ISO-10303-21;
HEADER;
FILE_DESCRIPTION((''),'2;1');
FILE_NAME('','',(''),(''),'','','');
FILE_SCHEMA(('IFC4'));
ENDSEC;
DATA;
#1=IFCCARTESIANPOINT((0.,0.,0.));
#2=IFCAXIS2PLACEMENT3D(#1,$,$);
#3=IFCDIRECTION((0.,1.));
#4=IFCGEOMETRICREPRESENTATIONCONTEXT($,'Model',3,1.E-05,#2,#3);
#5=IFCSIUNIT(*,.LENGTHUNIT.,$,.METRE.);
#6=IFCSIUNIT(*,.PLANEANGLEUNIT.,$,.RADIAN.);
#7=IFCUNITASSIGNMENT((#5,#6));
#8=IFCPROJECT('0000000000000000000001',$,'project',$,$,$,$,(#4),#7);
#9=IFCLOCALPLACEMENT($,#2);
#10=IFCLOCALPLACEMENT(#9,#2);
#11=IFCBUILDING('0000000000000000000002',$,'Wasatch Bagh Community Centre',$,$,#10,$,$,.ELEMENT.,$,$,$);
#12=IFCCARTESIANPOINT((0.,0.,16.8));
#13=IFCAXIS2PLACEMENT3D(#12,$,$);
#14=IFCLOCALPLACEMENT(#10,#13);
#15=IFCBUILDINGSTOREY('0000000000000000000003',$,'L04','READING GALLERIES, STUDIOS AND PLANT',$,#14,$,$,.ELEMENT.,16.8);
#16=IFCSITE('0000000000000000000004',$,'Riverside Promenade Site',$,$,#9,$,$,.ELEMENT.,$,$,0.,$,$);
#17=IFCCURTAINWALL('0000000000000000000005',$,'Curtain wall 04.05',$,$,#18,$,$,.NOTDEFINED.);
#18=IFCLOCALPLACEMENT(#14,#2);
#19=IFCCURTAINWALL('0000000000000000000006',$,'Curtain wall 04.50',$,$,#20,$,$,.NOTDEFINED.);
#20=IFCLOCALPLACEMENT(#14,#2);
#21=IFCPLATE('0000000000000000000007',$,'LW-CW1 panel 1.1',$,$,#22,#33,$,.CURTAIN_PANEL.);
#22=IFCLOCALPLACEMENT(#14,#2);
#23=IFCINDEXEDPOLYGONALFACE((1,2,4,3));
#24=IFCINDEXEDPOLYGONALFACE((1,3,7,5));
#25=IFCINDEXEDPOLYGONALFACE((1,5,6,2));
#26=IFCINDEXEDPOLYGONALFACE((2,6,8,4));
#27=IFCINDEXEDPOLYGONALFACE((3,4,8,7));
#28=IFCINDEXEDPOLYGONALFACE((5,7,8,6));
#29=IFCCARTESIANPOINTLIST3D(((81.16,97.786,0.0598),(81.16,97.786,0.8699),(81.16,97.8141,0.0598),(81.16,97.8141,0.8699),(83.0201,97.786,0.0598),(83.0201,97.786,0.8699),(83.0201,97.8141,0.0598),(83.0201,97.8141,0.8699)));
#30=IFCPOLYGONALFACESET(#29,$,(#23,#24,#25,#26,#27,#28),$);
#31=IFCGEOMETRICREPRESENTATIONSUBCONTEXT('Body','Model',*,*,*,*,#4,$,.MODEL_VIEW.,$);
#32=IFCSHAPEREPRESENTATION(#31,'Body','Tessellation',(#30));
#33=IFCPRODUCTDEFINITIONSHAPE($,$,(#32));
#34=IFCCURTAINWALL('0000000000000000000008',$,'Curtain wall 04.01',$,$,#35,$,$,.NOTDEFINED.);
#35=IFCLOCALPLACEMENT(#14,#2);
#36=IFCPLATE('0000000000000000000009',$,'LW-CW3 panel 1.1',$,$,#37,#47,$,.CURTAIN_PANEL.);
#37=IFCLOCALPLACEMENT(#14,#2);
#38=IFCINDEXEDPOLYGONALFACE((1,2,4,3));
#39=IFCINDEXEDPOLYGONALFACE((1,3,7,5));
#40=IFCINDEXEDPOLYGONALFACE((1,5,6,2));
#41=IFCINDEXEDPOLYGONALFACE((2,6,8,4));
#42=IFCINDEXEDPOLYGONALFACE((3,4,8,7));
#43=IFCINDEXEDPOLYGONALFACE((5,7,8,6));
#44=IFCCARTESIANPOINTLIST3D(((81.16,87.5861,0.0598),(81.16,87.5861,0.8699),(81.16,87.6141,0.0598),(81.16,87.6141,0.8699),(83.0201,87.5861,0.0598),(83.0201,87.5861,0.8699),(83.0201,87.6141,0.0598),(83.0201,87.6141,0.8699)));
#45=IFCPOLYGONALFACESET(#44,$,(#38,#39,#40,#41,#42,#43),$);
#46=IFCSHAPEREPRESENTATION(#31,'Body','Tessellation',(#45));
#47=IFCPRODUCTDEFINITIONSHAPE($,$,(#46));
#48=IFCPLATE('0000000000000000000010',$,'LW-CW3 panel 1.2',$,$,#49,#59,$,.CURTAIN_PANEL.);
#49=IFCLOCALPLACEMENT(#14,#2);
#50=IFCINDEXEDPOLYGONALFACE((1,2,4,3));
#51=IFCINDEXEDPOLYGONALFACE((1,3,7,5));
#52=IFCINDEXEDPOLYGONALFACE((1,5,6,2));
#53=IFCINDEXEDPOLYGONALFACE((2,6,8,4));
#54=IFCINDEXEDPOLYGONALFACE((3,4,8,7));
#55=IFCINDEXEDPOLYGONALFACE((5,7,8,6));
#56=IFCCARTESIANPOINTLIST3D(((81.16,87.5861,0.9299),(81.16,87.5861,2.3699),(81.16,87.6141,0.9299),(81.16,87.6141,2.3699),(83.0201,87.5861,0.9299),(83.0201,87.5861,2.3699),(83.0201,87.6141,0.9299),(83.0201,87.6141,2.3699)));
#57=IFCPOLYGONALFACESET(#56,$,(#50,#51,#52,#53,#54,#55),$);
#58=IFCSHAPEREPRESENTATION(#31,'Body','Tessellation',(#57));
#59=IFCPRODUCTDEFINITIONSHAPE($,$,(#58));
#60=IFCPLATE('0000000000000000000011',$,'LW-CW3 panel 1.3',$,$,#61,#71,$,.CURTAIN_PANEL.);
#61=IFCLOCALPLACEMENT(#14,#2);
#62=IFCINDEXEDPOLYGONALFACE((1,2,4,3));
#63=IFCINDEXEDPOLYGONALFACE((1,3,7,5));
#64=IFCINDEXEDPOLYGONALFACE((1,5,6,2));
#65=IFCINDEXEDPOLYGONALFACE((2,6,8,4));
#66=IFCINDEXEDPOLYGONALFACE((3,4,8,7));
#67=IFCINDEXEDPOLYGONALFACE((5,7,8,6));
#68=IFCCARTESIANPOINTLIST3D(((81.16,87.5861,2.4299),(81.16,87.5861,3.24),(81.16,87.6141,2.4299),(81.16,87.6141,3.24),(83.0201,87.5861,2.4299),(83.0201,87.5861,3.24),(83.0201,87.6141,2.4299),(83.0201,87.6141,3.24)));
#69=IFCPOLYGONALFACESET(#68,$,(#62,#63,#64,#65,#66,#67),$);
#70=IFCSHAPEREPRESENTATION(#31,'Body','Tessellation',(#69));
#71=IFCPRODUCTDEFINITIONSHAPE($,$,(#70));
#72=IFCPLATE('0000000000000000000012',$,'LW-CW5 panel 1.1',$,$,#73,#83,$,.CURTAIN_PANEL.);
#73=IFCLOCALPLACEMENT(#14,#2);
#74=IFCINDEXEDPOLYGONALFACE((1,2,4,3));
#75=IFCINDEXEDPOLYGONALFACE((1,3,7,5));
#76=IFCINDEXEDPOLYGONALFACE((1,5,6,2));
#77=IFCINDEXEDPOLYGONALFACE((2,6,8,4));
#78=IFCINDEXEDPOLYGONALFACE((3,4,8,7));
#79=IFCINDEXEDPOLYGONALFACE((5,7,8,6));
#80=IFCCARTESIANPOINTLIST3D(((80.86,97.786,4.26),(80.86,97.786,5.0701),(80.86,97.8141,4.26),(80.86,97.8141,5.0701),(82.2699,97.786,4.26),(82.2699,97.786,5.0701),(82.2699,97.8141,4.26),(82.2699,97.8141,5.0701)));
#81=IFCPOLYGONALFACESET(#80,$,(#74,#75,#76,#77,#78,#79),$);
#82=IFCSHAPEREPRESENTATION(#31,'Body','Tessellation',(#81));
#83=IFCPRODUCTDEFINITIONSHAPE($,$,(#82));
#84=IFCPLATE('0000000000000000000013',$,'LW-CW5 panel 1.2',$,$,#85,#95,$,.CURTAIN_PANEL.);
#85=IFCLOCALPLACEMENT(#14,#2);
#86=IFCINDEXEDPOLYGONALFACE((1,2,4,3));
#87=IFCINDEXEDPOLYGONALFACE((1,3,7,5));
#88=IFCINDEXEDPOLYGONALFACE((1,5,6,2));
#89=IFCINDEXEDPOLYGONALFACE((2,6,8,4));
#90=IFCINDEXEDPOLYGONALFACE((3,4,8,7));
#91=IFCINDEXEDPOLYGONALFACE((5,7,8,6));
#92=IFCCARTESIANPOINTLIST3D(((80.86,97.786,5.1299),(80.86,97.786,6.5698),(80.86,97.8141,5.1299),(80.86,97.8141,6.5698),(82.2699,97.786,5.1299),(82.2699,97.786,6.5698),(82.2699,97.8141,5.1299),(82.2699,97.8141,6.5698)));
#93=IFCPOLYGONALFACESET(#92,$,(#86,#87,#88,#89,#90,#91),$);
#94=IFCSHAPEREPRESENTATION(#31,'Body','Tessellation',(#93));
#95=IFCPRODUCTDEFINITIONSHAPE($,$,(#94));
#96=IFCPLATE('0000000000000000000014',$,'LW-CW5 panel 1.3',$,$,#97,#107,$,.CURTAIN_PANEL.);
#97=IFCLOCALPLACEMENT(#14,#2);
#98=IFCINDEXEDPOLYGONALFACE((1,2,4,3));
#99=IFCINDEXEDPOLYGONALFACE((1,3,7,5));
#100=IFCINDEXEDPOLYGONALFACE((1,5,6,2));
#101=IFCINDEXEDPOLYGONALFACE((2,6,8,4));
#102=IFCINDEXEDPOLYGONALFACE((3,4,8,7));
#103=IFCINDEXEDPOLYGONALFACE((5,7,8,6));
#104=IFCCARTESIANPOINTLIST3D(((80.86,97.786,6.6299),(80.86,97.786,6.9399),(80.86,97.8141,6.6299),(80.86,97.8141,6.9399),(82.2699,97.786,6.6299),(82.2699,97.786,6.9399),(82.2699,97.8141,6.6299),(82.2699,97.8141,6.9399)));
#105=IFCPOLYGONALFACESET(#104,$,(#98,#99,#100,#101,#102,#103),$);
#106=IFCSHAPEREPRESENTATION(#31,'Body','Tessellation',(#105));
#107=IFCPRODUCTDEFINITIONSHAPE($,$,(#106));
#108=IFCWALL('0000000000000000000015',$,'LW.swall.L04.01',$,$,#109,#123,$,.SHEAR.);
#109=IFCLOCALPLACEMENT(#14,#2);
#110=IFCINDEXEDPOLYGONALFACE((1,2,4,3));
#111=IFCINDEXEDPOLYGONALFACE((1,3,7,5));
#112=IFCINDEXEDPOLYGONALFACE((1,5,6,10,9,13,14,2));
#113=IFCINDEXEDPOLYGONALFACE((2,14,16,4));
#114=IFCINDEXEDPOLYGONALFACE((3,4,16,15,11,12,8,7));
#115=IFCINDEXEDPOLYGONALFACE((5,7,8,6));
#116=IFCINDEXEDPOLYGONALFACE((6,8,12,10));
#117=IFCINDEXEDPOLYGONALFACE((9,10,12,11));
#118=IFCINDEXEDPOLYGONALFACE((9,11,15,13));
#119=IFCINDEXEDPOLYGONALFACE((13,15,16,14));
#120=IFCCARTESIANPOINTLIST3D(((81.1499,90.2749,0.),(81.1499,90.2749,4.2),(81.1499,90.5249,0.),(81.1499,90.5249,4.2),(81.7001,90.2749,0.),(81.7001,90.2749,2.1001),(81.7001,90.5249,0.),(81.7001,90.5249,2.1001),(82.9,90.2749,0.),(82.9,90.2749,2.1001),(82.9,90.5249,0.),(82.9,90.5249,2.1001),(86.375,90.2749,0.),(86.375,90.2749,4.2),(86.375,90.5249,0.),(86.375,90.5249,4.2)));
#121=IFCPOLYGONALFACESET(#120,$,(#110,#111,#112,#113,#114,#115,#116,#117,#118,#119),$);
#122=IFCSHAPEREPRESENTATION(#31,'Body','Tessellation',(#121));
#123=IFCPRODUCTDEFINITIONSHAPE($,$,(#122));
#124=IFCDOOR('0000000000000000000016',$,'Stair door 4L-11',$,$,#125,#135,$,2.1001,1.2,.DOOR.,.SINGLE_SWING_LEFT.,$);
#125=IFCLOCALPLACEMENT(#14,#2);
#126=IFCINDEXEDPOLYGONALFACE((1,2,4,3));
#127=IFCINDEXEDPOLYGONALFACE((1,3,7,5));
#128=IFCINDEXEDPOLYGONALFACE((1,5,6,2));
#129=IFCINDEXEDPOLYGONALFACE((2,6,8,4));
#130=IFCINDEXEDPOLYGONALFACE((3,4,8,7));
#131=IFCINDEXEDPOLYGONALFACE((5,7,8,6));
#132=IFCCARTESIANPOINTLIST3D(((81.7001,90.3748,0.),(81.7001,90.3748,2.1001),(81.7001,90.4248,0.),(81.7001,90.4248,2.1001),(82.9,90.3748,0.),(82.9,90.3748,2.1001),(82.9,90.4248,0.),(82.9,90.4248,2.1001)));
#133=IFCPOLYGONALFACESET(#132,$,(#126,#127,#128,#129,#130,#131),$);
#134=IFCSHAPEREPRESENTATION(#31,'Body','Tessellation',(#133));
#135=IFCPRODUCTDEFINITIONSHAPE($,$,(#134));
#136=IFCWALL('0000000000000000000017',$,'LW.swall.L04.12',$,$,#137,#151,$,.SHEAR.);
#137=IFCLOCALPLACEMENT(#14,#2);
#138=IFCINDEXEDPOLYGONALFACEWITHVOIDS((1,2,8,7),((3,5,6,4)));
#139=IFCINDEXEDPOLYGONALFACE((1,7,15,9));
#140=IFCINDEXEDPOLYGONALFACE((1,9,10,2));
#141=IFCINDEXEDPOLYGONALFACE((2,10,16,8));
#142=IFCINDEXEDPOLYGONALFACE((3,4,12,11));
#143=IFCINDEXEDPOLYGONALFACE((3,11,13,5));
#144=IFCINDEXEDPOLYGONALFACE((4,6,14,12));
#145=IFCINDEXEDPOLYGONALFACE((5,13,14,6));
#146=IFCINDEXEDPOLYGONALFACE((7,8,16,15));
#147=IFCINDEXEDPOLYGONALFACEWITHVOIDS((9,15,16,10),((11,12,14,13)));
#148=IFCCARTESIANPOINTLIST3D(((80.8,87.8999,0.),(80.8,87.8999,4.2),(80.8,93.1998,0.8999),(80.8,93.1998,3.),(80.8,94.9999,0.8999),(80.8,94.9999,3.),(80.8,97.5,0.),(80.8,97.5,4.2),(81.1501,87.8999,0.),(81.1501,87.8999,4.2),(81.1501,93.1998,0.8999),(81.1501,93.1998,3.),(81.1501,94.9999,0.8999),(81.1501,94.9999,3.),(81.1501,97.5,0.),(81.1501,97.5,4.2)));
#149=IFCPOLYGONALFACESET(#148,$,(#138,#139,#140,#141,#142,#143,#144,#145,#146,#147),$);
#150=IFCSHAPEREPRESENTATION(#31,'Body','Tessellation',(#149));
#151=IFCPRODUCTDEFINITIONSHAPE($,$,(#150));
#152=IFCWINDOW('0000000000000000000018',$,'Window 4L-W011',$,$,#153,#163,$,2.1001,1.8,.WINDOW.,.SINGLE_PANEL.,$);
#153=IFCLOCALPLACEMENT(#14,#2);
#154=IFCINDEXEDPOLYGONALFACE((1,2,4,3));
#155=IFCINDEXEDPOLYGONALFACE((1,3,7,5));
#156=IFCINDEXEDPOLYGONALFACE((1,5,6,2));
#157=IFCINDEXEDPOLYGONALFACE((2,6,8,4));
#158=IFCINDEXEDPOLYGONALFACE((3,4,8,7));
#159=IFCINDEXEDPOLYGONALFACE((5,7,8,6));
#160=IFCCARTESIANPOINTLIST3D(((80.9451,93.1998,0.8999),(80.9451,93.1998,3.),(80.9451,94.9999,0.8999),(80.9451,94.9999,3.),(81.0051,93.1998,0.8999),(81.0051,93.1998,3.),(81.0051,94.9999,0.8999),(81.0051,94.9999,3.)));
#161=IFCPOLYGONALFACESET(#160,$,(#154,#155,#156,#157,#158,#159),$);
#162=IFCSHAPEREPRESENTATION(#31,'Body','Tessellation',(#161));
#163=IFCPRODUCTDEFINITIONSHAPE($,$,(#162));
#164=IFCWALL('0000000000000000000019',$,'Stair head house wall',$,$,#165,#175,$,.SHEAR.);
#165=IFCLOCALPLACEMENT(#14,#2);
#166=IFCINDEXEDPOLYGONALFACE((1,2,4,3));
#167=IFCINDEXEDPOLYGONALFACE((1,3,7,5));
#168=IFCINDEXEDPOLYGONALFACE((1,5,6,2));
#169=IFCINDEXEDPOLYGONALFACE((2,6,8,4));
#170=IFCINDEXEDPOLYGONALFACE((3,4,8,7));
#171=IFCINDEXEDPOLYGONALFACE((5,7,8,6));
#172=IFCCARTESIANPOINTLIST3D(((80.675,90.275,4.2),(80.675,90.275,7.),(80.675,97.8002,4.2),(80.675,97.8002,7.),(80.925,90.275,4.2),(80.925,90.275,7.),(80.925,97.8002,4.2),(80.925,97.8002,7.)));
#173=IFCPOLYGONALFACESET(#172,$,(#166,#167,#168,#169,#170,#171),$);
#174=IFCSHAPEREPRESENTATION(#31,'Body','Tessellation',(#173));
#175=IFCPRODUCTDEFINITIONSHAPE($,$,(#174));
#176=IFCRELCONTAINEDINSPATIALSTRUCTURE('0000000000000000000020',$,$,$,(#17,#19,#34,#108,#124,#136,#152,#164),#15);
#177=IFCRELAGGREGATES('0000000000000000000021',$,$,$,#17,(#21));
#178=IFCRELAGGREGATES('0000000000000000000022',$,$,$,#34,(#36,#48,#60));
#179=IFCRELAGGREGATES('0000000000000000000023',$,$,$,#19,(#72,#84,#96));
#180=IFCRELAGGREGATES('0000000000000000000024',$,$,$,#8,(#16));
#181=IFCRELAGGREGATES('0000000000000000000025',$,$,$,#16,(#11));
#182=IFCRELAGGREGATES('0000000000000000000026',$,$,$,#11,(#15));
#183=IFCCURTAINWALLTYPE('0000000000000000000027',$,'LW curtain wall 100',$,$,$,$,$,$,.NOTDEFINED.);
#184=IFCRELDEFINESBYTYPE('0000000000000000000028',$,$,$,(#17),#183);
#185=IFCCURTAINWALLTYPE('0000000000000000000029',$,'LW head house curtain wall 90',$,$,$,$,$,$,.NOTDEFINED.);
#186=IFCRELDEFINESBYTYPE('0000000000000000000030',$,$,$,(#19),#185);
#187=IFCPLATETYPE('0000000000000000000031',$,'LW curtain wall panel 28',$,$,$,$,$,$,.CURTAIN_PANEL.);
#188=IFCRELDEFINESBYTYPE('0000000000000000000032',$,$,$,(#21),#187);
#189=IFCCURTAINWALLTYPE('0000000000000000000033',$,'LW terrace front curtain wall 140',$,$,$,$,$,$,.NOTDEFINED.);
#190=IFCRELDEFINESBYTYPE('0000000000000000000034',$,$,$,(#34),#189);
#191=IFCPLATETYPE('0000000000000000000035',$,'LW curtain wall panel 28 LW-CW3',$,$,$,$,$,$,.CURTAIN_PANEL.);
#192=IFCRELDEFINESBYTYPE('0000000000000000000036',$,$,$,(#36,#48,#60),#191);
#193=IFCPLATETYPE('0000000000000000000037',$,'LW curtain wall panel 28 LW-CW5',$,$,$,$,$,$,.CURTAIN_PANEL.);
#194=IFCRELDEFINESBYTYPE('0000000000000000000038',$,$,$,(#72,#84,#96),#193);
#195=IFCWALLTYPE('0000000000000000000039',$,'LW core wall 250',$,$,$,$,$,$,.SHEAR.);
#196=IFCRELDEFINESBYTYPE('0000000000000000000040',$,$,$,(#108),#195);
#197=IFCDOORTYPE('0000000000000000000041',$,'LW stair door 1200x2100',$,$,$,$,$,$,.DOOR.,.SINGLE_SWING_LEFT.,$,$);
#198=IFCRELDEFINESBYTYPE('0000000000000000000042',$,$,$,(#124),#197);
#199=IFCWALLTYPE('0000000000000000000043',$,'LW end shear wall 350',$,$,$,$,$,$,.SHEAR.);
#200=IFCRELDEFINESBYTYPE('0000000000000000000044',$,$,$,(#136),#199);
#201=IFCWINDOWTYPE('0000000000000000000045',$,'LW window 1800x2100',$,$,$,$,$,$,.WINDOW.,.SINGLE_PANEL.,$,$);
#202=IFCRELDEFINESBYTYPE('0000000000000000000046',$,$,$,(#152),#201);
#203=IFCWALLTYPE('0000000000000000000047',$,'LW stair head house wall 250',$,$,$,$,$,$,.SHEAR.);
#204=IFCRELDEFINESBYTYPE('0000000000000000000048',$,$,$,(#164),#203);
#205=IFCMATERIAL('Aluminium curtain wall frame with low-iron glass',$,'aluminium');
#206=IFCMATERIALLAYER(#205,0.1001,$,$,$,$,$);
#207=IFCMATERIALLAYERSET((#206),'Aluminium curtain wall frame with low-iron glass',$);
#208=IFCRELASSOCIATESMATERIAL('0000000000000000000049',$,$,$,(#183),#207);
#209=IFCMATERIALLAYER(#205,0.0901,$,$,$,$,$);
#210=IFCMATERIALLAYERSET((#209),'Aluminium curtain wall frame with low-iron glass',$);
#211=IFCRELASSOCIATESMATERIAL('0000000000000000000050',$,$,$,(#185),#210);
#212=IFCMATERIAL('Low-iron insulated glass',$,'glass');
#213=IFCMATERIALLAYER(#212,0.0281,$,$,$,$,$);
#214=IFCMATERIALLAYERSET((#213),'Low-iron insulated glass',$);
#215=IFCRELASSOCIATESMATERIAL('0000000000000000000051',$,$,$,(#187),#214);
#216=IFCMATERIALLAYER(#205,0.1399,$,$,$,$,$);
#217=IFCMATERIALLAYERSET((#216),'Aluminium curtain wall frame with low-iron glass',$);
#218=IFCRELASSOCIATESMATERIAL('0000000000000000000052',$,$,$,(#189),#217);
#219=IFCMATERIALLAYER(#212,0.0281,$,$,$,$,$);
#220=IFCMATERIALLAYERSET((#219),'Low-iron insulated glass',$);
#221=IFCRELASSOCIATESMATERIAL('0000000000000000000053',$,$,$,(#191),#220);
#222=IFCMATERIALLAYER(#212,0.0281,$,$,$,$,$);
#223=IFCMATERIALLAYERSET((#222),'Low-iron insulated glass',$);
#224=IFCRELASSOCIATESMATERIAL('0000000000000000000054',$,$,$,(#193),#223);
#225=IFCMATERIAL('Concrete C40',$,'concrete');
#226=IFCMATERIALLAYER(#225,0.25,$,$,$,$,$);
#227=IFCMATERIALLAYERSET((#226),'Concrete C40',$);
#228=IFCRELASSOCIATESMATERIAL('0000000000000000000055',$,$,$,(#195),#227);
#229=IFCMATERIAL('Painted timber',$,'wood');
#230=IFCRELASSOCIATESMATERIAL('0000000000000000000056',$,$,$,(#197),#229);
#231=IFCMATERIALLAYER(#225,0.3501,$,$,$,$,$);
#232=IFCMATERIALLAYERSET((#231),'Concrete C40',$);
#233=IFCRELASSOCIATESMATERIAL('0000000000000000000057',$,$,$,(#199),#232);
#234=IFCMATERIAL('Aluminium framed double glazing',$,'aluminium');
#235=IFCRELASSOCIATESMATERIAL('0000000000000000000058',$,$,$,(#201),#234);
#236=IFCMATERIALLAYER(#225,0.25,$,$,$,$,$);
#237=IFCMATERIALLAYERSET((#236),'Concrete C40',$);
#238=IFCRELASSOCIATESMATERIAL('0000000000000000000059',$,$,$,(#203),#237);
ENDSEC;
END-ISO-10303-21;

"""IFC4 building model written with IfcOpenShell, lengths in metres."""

from ifc_helpers import new_model, si_unit, direction, frame, frame_2d, origin, origin_2d, place, context, subcontext, project, spatial, rectangle, extrude, material, layer, layer_set, type_object, element, fill, aggregate, save


model = new_model("IFC4")

# Units and contexts
model_context = context("Model", 3, precision=1e-05, world=origin(), true_north=direction((0.0, 1.0)))
body_context = subcontext(model_context, "Body", "Model", "MODEL_VIEW")
ifc_project = project(units=[si_unit("LENGTHUNIT", "METRE"), si_unit("PLANEANGLEUNIT", "RADIAN")], contexts=[model_context])

# Site, building, storey
site_placement = place(None, origin())
site = spatial("IfcSite", under=ifc_project, at=site_placement, Name="Riverside Promenade Site", CompositionType="ELEMENT", RefElevation=0.0)
building_placement = place(site_placement, origin())
building = spatial("IfcBuilding", under=site, at=building_placement, Name="Wasatch Bagh Community Centre", CompositionType="ELEMENT")
storey_placement = place(building_placement, frame((0.0, 0.0, 16.8)))
storey = spatial("IfcBuildingStorey", under=building, at=storey_placement, Name="L04", Description="READING GALLERIES, STUDIOS AND PLANT", CompositionType="ELEMENT", Elevation=16.8)

# Shared definitions
ifc_material_1 = material(Name="Concrete C40", Category="concrete")

# Curtain walls
ifc_material_2 = material(Name="Aluminium curtain wall frame with low-iron glass", Category="aluminium")
ifc_layer_1 = layer(ifc_material_2, 0.1001)
ifc_layer_set_1 = layer_set([ifc_layer_1], Name="Aluminium curtain wall frame with low-iron glass")
curtain_wall_type_1 = type_object("IfcCurtainWallType", Name="LW curtain wall 100", PredefinedType="NOTDEFINED", material=ifc_layer_set_1)
curtain_wall_1_placement = place(storey_placement, origin())
curtain_wall_1 = element("IfcCurtainWall", 1, at=curtain_wall_1_placement, inside=storey, type_object=curtain_wall_type_1, Name="Curtain wall 04.05", PredefinedType="NOTDEFINED")
ifc_layer_2 = layer(ifc_material_2, 0.0901)
ifc_layer_set_2 = layer_set([ifc_layer_2], Name="Aluminium curtain wall frame with low-iron glass")
curtain_wall_type_2 = type_object("IfcCurtainWallType", Name="LW head house curtain wall 90", PredefinedType="NOTDEFINED", material=ifc_layer_set_2)
curtain_wall_2_placement = place(storey_placement, origin())
curtain_wall_2 = element("IfcCurtainWall", 2, at=curtain_wall_2_placement, inside=storey, type_object=curtain_wall_type_2, Name="Curtain wall 04.50", PredefinedType="NOTDEFINED")

# Plate
ifc_material_3 = material(Name="Low-iron insulated glass", Category="glass")
ifc_layer_3 = layer(ifc_material_3, 0.0281)
ifc_layer_set_3 = layer_set([ifc_layer_3], Name="Low-iron insulated glass")
plate_type_1 = type_object("IfcPlateType", Name="LW curtain wall panel 28", PredefinedType="CURTAIN_PANEL", material=ifc_layer_set_3)
plate_1_placement = place(storey_placement, frame((82.0901, 97.8, 0.0598), z_axis=(0.0, 0.0, 1.0), x_axis=(1.0, 0.0, 0.0)))
plate_1 = element("IfcPlate", 3, at=plate_1_placement, type_object=plate_type_1, Name="LW-CW1 panel 1.1", PredefinedType="CURTAIN_PANEL", context=body_context, shape_type="SweptSolid", body=[
    extrude(rectangle(XDim=1.8601, YDim=0.0281, at=origin_2d()), origin(), (0.0, 0.0, 1.0), 0.8101),
])
aggregate(curtain_wall_1, [plate_1])

# Curtain wall, plates
ifc_layer_4 = layer(ifc_material_2, 0.1399)
ifc_layer_set_4 = layer_set([ifc_layer_4], Name="Aluminium curtain wall frame with low-iron glass")
curtain_wall_type_3 = type_object("IfcCurtainWallType", Name="LW terrace front curtain wall 140", PredefinedType="NOTDEFINED", material=ifc_layer_set_4)
curtain_wall_3_placement = place(storey_placement, origin())
curtain_wall_3 = element("IfcCurtainWall", 4, at=curtain_wall_3_placement, inside=storey, type_object=curtain_wall_type_3, Name="Curtain wall 04.01", PredefinedType="NOTDEFINED")
ifc_layer_5 = layer(ifc_material_3, 0.0281)
ifc_layer_set_5 = layer_set([ifc_layer_5], Name="Low-iron insulated glass")
plate_type_2 = type_object("IfcPlateType", Name="LW curtain wall panel 28 LW-CW3", PredefinedType="CURTAIN_PANEL", material=ifc_layer_set_5)
plate_2_placement = place(storey_placement, frame((82.0901, 87.6001, 0.0598), z_axis=(0.0, 0.0, 1.0), x_axis=(1.0, 0.0, 0.0)))
plate_2 = element("IfcPlate", 5, at=plate_2_placement, type_object=plate_type_2, Name="LW-CW3 panel 1.1", PredefinedType="CURTAIN_PANEL", context=body_context, shape_type="SweptSolid", body=[
    extrude(rectangle(XDim=1.8601, YDim=0.0281, at=origin_2d()), origin(), (0.0, 0.0, 1.0), 0.8101),
])
plate_3_placement = place(storey_placement, frame((82.0901, 87.6001, 0.9299), z_axis=(0.0, 0.0, 1.0), x_axis=(1.0, 0.0, 0.0)))
plate_3 = element("IfcPlate", 6, at=plate_3_placement, type_object=plate_type_2, Name="LW-CW3 panel 1.2", PredefinedType="CURTAIN_PANEL", context=body_context, shape_type="SweptSolid", body=[
    extrude(rectangle(XDim=1.8601, YDim=0.0281, at=origin_2d()), origin(), (0.0, 0.0, 1.0), 1.4399),
])
plate_4_placement = place(storey_placement, frame((82.0901, 87.6001, 2.4299), z_axis=(0.0, 0.0, 1.0), x_axis=(1.0, 0.0, 0.0)))
plate_4 = element("IfcPlate", 7, at=plate_4_placement, type_object=plate_type_2, Name="LW-CW3 panel 1.3", PredefinedType="CURTAIN_PANEL", context=body_context, shape_type="SweptSolid", body=[
    extrude(rectangle(XDim=1.8601, YDim=0.0281, at=origin_2d()), origin(), (0.0, 0.0, 1.0), 0.8101),
])
aggregate(curtain_wall_3, [plate_2, plate_3, plate_4])

# Plates
ifc_layer_6 = layer(ifc_material_3, 0.0281)
ifc_layer_set_6 = layer_set([ifc_layer_6], Name="Low-iron insulated glass")
plate_type_3 = type_object("IfcPlateType", Name="LW curtain wall panel 28 LW-CW5", PredefinedType="CURTAIN_PANEL", material=ifc_layer_set_6)
plate_5_placement = place(storey_placement, frame((81.5649, 97.8, 4.26), z_axis=(0.0, 0.0, 1.0), x_axis=(1.0, 0.0, 0.0)))
plate_5 = element("IfcPlate", 8, at=plate_5_placement, type_object=plate_type_3, Name="LW-CW5 panel 1.1", PredefinedType="CURTAIN_PANEL", context=body_context, shape_type="SweptSolid", body=[
    extrude(rectangle(XDim=1.4099, YDim=0.0281, at=origin_2d()), origin(), (0.0, 0.0, 1.0), 0.8101),
])
plate_6_placement = place(storey_placement, frame((81.5649, 97.8, 5.1299), z_axis=(0.0, 0.0, 1.0), x_axis=(1.0, 0.0, 0.0)))
plate_6 = element("IfcPlate", 9, at=plate_6_placement, type_object=plate_type_3, Name="LW-CW5 panel 1.2", PredefinedType="CURTAIN_PANEL", context=body_context, shape_type="SweptSolid", body=[
    extrude(rectangle(XDim=1.4099, YDim=0.0281, at=origin_2d()), origin(), (0.0, 0.0, 1.0), 1.4399),
])
plate_7_placement = place(storey_placement, frame((81.5649, 97.8, 6.6299), z_axis=(0.0, 0.0, 1.0), x_axis=(1.0, 0.0, 0.0)))
plate_7 = element("IfcPlate", 10, at=plate_7_placement, type_object=plate_type_3, Name="LW-CW5 panel 1.3", PredefinedType="CURTAIN_PANEL", context=body_context, shape_type="SweptSolid", body=[
    extrude(rectangle(XDim=1.4099, YDim=0.0281, at=origin_2d()), origin(), (0.0, 0.0, 1.0), 0.3101),
])
aggregate(curtain_wall_2, [plate_5, plate_6, plate_7])

# Wall, opening, door
ifc_layer_7 = layer(ifc_material_1, 0.25)
ifc_layer_set_7 = layer_set([ifc_layer_7], Name="Concrete C40")
wall_type_1 = type_object("IfcWallType", Name="LW core wall 250", PredefinedType="SHEAR", material=ifc_layer_set_7)
wall_1_placement = place(storey_placement, frame((81.1499, 90.3999, 0.0), z_axis=(0.0, 0.0, 1.0), x_axis=(1.0, 0.0, 0.0)))
wall_1 = element("IfcWall", 11, at=wall_1_placement, inside=storey, type_object=wall_type_1, Name="LW.swall.L04.01", PredefinedType="SHEAR", context=body_context, shape_type="SweptSolid", body=[
    extrude(rectangle(XDim=5.2251, YDim=0.25, at=frame_2d((2.6125, 0.0))), origin(), (0.0, 0.0, 1.0), 4.2),
])
opening_1_placement = place(wall_1_placement, frame((0.55, 0.0, 0.0)))
opening_1 = element("IfcOpeningElement", 12, at=opening_1_placement, cuts=wall_1, PredefinedType="OPENING", context=body_context, shape_type="SweptSolid", body=[
    extrude(rectangle(XDim=1.2, YDim=2.1001, at=frame_2d((0.6001, 1.05))), frame((0.0, 0.135, 0.0), z_axis=(0.0, -1.0, 0.0), x_axis=(1.0, 0.0, 0.0)), (0.0, 0.0, 1.0), 0.27),
])
ifc_material_4 = material(Name="Painted timber", Category="wood")
door_type = type_object("IfcDoorType", Name="LW stair door 1200x2100", OperationType="SINGLE_SWING_LEFT", PredefinedType="DOOR", material=ifc_material_4)
door_1_placement = place(opening_1_placement, origin())
door_1 = element("IfcDoor", 13, at=door_1_placement, inside=storey, type_object=door_type, Name="Stair door 4L-11", OperationType="SINGLE_SWING_LEFT", OverallHeight=2.1001, OverallWidth=1.2, PredefinedType="DOOR", context=body_context, shape_type="SweptSolid", body=[
    extrude(rectangle(XDim=1.2, YDim=2.1001, at=frame_2d((0.6001, 1.05))), frame((0.0, 0.0249, 0.0), z_axis=(0.0, -1.0, 0.0), x_axis=(1.0, 0.0, 0.0)), (0.0, 0.0, 1.0), 0.05),
])
fill(opening_1, door_1)

# Wall, opening, window
ifc_layer_8 = layer(ifc_material_1, 0.3501)
ifc_layer_set_8 = layer_set([ifc_layer_8], Name="Concrete C40")
wall_type_2 = type_object("IfcWallType", Name="LW end shear wall 350", PredefinedType="SHEAR", material=ifc_layer_set_8)
wall_2_placement = place(storey_placement, frame((80.9751, 87.8999, 0.0), z_axis=(0.0, 0.0, 1.0), x_axis=(0.0, 1.0, 0.0)))
wall_2 = element("IfcWall", 14, at=wall_2_placement, inside=storey, type_object=wall_type_2, Name="LW.swall.L04.12", PredefinedType="SHEAR", context=body_context, shape_type="SweptSolid", body=[
    extrude(rectangle(XDim=9.6001, YDim=0.3501, at=frame_2d((4.8, 0.0))), origin(), (0.0, 0.0, 1.0), 4.2),
])
opening_2_placement = place(wall_2_placement, frame((5.3, 0.0, 0.8999)))
opening_2 = element("IfcOpeningElement", 15, at=opening_2_placement, cuts=wall_2, PredefinedType="OPENING", context=body_context, shape_type="SweptSolid", body=[
    extrude(rectangle(XDim=1.8, YDim=2.1001, at=frame_2d((0.8999, 1.05))), frame((0.0, 0.1851, 0.0), z_axis=(0.0, -1.0, 0.0), x_axis=(1.0, 0.0, 0.0)), (0.0, 0.0, 1.0), 0.3701),
])
ifc_material_5 = material(Name="Aluminium framed double glazing", Category="aluminium")
window_type = type_object("IfcWindowType", Name="LW window 1800x2100", PartitioningType="SINGLE_PANEL", PredefinedType="WINDOW", material=ifc_material_5)
window_placement = place(opening_2_placement, origin())
window = element("IfcWindow", 16, at=window_placement, inside=storey, type_object=window_type, Name="Window 4L-W011", OverallHeight=2.1001, OverallWidth=1.8, PartitioningType="SINGLE_PANEL", PredefinedType="WINDOW", context=body_context, shape_type="SweptSolid", body=[
    extrude(rectangle(XDim=1.8, YDim=2.1001, at=frame_2d((0.8999, 1.05))), frame((0.0, 0.03, 0.0), z_axis=(0.0, -1.0, 0.0), x_axis=(1.0, 0.0, 0.0)), (0.0, 0.0, 1.0), 0.0601),
])
fill(opening_2, window)

# Wall
ifc_layer_9 = layer(ifc_material_1, 0.25)
ifc_layer_set_9 = layer_set([ifc_layer_9], Name="Concrete C40")
wall_type_3 = type_object("IfcWallType", Name="LW stair head house wall 250", PredefinedType="SHEAR", material=ifc_layer_set_9)
wall_3_placement = place(storey_placement, frame((80.8, 90.2749, 4.2), z_axis=(0.0, 0.0, 1.0), x_axis=(0.0, 1.0, 0.0)))
element("IfcWall", 17, at=wall_3_placement, inside=storey, type_object=wall_type_3, Name="Stair head house wall", PredefinedType="SHEAR", context=body_context, shape_type="SweptSolid", body=[
    extrude(rectangle(XDim=7.5251, YDim=0.25, at=frame_2d((3.7627, 0.0))), origin(), (0.0, 0.0, 1.0), 2.8),
])

save(model, "model.ifc")
